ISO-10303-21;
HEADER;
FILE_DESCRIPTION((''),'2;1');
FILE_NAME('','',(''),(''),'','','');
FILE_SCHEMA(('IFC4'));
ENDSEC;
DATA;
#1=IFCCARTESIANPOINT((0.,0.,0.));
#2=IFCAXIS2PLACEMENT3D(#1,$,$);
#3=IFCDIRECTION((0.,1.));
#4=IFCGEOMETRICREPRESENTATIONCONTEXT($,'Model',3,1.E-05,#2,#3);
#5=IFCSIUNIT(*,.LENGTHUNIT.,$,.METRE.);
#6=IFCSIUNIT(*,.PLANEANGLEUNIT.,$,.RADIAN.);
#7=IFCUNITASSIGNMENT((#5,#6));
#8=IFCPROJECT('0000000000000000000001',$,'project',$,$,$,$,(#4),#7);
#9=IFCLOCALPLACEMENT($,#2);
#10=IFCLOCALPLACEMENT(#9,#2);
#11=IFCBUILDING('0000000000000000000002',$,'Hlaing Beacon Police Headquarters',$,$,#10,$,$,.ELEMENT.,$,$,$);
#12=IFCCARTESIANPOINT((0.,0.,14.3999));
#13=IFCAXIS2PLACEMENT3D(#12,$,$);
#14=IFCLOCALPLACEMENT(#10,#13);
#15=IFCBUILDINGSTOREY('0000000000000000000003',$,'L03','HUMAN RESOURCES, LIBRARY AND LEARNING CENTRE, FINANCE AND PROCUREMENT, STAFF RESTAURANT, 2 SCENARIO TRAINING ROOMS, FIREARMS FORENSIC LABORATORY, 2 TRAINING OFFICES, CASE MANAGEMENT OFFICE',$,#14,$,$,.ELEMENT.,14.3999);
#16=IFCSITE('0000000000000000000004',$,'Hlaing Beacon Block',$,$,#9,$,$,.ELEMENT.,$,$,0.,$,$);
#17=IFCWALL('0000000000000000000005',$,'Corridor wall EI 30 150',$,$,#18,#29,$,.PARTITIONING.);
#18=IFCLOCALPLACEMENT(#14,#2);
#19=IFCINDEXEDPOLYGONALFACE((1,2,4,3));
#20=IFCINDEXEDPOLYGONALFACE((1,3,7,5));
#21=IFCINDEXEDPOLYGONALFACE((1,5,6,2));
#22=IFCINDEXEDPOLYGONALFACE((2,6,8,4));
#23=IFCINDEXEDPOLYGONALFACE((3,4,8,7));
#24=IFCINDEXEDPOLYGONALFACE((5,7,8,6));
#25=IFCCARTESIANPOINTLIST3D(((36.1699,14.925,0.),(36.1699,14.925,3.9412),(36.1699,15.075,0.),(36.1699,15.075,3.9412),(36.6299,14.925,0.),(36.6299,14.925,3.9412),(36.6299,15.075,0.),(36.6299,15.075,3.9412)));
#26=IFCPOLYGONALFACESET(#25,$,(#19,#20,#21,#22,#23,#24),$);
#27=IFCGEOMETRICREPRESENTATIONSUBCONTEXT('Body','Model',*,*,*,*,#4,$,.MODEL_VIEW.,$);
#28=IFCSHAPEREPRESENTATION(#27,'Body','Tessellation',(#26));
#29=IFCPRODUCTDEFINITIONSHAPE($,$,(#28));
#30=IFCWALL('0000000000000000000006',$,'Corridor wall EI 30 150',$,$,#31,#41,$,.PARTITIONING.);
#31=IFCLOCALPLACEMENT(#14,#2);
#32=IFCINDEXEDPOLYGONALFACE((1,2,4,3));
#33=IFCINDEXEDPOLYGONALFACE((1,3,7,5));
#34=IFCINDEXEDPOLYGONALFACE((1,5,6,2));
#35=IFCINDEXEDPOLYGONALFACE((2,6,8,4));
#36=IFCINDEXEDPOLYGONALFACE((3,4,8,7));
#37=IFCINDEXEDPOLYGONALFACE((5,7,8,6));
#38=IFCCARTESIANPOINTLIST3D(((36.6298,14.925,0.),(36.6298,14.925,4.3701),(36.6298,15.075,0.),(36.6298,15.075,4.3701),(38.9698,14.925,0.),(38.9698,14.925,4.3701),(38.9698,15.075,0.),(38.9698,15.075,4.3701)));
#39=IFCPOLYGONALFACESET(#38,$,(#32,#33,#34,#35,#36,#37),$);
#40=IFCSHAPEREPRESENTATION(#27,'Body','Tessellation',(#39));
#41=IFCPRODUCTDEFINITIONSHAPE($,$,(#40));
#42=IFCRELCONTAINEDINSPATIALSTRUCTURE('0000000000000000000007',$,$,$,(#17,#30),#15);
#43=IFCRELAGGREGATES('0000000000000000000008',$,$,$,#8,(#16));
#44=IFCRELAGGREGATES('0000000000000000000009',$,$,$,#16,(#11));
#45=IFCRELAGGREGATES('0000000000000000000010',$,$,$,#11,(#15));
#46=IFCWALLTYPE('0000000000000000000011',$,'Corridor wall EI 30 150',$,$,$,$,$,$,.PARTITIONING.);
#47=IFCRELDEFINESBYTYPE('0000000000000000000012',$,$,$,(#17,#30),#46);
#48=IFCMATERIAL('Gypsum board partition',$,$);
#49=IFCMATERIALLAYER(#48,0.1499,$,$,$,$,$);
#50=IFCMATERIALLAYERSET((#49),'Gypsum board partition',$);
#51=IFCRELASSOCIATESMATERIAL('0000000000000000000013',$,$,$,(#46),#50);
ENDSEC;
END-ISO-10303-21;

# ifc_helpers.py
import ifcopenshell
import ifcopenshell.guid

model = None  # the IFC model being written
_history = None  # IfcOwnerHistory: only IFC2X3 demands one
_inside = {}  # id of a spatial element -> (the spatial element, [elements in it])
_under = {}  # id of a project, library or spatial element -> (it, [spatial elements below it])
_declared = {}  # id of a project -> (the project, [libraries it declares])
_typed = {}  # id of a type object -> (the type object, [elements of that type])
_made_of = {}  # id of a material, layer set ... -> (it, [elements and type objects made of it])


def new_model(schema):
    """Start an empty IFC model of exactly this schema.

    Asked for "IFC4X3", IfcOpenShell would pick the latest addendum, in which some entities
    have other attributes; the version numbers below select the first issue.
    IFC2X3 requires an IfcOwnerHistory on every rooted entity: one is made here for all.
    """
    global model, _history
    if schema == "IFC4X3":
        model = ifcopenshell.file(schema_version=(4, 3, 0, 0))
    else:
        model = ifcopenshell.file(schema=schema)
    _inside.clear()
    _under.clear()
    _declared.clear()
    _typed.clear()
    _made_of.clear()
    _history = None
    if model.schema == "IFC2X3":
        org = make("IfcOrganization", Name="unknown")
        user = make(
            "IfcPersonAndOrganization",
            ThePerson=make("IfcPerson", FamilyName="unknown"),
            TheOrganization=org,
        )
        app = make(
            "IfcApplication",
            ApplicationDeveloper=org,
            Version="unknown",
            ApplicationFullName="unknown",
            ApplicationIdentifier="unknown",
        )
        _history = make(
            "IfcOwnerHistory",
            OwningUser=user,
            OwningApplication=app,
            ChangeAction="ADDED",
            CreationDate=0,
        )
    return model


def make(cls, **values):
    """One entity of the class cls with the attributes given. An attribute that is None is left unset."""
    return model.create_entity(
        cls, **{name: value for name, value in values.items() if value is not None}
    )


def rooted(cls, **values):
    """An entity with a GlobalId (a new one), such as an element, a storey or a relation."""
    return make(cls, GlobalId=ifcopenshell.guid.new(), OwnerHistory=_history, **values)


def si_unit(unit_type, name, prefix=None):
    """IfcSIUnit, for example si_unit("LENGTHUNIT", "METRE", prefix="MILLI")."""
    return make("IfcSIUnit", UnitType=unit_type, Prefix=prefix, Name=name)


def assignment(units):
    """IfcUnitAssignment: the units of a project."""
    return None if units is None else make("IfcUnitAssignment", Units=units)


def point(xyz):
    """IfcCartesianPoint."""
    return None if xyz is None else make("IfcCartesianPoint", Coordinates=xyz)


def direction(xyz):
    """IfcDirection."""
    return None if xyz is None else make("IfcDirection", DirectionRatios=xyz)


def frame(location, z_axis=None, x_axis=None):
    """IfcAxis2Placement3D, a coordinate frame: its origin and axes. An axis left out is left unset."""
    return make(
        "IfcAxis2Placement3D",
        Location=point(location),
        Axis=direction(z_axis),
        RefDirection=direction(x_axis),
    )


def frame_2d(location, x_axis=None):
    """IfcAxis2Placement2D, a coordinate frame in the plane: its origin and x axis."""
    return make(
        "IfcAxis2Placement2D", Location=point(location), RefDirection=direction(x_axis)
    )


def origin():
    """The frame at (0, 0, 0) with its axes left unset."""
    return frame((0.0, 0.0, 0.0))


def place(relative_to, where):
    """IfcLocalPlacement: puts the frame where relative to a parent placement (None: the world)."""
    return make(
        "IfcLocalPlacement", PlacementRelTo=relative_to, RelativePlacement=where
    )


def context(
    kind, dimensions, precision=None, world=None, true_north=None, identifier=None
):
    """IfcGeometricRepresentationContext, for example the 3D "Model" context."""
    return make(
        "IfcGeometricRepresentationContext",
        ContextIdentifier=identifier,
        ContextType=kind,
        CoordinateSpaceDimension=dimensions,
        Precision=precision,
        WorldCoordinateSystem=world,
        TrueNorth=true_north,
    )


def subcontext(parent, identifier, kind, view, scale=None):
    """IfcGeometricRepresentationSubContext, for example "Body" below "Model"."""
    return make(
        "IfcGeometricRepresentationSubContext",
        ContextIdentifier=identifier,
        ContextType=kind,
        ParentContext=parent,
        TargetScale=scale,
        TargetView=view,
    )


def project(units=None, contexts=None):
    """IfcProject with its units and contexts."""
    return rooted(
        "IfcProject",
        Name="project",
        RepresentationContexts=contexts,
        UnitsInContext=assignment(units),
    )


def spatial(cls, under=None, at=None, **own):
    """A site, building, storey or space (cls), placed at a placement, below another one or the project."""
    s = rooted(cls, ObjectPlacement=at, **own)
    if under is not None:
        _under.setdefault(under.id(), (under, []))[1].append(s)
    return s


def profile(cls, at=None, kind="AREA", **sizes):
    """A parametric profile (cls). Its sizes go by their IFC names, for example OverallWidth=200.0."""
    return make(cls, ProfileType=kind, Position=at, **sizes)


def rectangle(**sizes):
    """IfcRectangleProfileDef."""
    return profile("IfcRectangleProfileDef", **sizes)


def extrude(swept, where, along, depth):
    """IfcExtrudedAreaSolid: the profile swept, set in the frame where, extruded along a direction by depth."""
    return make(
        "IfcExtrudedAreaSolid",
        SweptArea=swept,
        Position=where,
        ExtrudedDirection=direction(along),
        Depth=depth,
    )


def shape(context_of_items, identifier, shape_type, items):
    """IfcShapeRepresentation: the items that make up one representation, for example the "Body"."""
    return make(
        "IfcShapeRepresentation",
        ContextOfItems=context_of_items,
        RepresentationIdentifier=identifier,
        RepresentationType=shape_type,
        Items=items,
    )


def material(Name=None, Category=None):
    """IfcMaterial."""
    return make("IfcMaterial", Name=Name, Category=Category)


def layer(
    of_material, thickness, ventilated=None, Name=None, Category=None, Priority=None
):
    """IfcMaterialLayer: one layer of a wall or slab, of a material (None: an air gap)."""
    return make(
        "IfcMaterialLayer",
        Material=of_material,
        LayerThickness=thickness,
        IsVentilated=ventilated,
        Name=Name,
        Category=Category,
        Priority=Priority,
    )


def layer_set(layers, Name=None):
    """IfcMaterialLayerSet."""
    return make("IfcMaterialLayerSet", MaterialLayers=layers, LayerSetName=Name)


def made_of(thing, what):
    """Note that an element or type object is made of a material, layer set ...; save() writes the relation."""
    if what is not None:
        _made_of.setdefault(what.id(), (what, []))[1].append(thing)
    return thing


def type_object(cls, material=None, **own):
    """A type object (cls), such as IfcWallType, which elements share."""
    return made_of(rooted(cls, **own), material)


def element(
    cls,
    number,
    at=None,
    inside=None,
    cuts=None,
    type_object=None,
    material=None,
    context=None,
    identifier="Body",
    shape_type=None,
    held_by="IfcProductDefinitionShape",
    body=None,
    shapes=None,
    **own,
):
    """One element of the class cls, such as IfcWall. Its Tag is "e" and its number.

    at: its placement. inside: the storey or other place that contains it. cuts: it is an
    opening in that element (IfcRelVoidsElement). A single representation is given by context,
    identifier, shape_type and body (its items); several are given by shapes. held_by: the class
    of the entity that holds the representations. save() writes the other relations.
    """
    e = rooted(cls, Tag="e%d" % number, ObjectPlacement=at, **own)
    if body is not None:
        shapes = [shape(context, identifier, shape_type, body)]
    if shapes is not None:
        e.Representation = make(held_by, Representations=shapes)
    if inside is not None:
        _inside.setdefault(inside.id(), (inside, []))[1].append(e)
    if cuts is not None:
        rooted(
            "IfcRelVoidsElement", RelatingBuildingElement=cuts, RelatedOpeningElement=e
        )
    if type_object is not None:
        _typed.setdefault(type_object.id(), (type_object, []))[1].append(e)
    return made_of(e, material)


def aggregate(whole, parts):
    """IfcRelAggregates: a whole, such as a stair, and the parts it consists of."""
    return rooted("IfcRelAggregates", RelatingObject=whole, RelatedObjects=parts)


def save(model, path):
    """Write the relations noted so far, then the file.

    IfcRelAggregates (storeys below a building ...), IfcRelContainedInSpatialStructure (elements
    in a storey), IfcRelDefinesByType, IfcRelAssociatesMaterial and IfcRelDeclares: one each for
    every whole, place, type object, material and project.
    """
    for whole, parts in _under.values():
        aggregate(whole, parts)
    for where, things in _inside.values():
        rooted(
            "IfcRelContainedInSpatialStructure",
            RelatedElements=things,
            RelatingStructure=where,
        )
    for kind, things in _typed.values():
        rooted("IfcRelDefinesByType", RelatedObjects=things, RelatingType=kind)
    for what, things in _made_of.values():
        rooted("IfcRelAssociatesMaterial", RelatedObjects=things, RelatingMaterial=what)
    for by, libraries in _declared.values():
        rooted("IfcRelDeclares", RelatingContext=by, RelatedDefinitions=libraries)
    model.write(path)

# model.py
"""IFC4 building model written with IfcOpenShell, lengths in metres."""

from ifc_helpers import new_model, si_unit, direction, frame, frame_2d, origin, place, context, subcontext, project, spatial, rectangle, extrude, material, layer, layer_set, type_object, element, save


model = new_model("IFC4")

# Units and contexts
model_context = context("Model", 3, precision=1e-05, world=origin(), true_north=direction((0.0, 1.0)))
body_context = subcontext(model_context, "Body", "Model", "MODEL_VIEW")
ifc_project = project(units=[si_unit("LENGTHUNIT", "METRE"), si_unit("PLANEANGLEUNIT", "RADIAN")], contexts=[model_context])

# Site, building, storey
site_placement = place(None, origin())
site = spatial("IfcSite", under=ifc_project, at=site_placement, Name="Hlaing Beacon Block", CompositionType="ELEMENT", RefElevation=0.0)
building_placement = place(site_placement, origin())
building = spatial("IfcBuilding", under=site, at=building_placement, Name="Hlaing Beacon Police Headquarters", CompositionType="ELEMENT")
storey_placement = place(building_placement, frame((0.0, 0.0, 14.3999)))
storey = spatial("IfcBuildingStorey", under=building, at=storey_placement, Name="L03", Description="HUMAN RESOURCES, LIBRARY AND LEARNING CENTRE, FINANCE AND PROCUREMENT, STAFF RESTAURANT, 2 SCENARIO TRAINING ROOMS, FIREARMS FORENSIC LABORATORY, 2 TRAINING OFFICES, CASE MANAGEMENT OFFICE", CompositionType="ELEMENT", Elevation=14.3999)

# Shared definitions
ifc_material_1 = material(Name="Gypsum board partition")
ifc_layer_1 = layer(ifc_material_1, 0.1499)
ifc_layer_set_1 = layer_set([ifc_layer_1], Name="Gypsum board partition")
wall_type = type_object("IfcWallType", Name="Corridor wall EI 30 150", PredefinedType="PARTITIONING", material=ifc_layer_set_1)

# Walls
wall_1_placement = place(storey_placement, frame((36.1699, 15.0, 0.0), z_axis=(0.0, 0.0, 1.0), x_axis=(1.0, 0.0, 0.0)))
element("IfcWall", 1, at=wall_1_placement, inside=storey, type_object=wall_type, Name="Corridor wall EI 30 150", PredefinedType="PARTITIONING", context=body_context, shape_type="SweptSolid", body=[
    extrude(rectangle(XDim=0.46, YDim=0.1499, at=frame_2d((0.23, 0.0))), origin(), (0.0, 0.0, 1.0), 3.9412),
])
wall_2_placement = place(storey_placement, frame((36.6299, 15.0, 0.0), z_axis=(0.0, 0.0, 1.0), x_axis=(1.0, 0.0, 0.0)))
element("IfcWall", 2, at=wall_2_placement, inside=storey, type_object=wall_type, Name="Corridor wall EI 30 150", PredefinedType="PARTITIONING", context=body_context, shape_type="SweptSolid", body=[
    extrude(rectangle(XDim=2.3401, YDim=0.1499, at=frame_2d((1.1699, 0.0))), origin(), (0.0, 0.0, 1.0), 4.3701),
])

save(model, "model.ifc")
